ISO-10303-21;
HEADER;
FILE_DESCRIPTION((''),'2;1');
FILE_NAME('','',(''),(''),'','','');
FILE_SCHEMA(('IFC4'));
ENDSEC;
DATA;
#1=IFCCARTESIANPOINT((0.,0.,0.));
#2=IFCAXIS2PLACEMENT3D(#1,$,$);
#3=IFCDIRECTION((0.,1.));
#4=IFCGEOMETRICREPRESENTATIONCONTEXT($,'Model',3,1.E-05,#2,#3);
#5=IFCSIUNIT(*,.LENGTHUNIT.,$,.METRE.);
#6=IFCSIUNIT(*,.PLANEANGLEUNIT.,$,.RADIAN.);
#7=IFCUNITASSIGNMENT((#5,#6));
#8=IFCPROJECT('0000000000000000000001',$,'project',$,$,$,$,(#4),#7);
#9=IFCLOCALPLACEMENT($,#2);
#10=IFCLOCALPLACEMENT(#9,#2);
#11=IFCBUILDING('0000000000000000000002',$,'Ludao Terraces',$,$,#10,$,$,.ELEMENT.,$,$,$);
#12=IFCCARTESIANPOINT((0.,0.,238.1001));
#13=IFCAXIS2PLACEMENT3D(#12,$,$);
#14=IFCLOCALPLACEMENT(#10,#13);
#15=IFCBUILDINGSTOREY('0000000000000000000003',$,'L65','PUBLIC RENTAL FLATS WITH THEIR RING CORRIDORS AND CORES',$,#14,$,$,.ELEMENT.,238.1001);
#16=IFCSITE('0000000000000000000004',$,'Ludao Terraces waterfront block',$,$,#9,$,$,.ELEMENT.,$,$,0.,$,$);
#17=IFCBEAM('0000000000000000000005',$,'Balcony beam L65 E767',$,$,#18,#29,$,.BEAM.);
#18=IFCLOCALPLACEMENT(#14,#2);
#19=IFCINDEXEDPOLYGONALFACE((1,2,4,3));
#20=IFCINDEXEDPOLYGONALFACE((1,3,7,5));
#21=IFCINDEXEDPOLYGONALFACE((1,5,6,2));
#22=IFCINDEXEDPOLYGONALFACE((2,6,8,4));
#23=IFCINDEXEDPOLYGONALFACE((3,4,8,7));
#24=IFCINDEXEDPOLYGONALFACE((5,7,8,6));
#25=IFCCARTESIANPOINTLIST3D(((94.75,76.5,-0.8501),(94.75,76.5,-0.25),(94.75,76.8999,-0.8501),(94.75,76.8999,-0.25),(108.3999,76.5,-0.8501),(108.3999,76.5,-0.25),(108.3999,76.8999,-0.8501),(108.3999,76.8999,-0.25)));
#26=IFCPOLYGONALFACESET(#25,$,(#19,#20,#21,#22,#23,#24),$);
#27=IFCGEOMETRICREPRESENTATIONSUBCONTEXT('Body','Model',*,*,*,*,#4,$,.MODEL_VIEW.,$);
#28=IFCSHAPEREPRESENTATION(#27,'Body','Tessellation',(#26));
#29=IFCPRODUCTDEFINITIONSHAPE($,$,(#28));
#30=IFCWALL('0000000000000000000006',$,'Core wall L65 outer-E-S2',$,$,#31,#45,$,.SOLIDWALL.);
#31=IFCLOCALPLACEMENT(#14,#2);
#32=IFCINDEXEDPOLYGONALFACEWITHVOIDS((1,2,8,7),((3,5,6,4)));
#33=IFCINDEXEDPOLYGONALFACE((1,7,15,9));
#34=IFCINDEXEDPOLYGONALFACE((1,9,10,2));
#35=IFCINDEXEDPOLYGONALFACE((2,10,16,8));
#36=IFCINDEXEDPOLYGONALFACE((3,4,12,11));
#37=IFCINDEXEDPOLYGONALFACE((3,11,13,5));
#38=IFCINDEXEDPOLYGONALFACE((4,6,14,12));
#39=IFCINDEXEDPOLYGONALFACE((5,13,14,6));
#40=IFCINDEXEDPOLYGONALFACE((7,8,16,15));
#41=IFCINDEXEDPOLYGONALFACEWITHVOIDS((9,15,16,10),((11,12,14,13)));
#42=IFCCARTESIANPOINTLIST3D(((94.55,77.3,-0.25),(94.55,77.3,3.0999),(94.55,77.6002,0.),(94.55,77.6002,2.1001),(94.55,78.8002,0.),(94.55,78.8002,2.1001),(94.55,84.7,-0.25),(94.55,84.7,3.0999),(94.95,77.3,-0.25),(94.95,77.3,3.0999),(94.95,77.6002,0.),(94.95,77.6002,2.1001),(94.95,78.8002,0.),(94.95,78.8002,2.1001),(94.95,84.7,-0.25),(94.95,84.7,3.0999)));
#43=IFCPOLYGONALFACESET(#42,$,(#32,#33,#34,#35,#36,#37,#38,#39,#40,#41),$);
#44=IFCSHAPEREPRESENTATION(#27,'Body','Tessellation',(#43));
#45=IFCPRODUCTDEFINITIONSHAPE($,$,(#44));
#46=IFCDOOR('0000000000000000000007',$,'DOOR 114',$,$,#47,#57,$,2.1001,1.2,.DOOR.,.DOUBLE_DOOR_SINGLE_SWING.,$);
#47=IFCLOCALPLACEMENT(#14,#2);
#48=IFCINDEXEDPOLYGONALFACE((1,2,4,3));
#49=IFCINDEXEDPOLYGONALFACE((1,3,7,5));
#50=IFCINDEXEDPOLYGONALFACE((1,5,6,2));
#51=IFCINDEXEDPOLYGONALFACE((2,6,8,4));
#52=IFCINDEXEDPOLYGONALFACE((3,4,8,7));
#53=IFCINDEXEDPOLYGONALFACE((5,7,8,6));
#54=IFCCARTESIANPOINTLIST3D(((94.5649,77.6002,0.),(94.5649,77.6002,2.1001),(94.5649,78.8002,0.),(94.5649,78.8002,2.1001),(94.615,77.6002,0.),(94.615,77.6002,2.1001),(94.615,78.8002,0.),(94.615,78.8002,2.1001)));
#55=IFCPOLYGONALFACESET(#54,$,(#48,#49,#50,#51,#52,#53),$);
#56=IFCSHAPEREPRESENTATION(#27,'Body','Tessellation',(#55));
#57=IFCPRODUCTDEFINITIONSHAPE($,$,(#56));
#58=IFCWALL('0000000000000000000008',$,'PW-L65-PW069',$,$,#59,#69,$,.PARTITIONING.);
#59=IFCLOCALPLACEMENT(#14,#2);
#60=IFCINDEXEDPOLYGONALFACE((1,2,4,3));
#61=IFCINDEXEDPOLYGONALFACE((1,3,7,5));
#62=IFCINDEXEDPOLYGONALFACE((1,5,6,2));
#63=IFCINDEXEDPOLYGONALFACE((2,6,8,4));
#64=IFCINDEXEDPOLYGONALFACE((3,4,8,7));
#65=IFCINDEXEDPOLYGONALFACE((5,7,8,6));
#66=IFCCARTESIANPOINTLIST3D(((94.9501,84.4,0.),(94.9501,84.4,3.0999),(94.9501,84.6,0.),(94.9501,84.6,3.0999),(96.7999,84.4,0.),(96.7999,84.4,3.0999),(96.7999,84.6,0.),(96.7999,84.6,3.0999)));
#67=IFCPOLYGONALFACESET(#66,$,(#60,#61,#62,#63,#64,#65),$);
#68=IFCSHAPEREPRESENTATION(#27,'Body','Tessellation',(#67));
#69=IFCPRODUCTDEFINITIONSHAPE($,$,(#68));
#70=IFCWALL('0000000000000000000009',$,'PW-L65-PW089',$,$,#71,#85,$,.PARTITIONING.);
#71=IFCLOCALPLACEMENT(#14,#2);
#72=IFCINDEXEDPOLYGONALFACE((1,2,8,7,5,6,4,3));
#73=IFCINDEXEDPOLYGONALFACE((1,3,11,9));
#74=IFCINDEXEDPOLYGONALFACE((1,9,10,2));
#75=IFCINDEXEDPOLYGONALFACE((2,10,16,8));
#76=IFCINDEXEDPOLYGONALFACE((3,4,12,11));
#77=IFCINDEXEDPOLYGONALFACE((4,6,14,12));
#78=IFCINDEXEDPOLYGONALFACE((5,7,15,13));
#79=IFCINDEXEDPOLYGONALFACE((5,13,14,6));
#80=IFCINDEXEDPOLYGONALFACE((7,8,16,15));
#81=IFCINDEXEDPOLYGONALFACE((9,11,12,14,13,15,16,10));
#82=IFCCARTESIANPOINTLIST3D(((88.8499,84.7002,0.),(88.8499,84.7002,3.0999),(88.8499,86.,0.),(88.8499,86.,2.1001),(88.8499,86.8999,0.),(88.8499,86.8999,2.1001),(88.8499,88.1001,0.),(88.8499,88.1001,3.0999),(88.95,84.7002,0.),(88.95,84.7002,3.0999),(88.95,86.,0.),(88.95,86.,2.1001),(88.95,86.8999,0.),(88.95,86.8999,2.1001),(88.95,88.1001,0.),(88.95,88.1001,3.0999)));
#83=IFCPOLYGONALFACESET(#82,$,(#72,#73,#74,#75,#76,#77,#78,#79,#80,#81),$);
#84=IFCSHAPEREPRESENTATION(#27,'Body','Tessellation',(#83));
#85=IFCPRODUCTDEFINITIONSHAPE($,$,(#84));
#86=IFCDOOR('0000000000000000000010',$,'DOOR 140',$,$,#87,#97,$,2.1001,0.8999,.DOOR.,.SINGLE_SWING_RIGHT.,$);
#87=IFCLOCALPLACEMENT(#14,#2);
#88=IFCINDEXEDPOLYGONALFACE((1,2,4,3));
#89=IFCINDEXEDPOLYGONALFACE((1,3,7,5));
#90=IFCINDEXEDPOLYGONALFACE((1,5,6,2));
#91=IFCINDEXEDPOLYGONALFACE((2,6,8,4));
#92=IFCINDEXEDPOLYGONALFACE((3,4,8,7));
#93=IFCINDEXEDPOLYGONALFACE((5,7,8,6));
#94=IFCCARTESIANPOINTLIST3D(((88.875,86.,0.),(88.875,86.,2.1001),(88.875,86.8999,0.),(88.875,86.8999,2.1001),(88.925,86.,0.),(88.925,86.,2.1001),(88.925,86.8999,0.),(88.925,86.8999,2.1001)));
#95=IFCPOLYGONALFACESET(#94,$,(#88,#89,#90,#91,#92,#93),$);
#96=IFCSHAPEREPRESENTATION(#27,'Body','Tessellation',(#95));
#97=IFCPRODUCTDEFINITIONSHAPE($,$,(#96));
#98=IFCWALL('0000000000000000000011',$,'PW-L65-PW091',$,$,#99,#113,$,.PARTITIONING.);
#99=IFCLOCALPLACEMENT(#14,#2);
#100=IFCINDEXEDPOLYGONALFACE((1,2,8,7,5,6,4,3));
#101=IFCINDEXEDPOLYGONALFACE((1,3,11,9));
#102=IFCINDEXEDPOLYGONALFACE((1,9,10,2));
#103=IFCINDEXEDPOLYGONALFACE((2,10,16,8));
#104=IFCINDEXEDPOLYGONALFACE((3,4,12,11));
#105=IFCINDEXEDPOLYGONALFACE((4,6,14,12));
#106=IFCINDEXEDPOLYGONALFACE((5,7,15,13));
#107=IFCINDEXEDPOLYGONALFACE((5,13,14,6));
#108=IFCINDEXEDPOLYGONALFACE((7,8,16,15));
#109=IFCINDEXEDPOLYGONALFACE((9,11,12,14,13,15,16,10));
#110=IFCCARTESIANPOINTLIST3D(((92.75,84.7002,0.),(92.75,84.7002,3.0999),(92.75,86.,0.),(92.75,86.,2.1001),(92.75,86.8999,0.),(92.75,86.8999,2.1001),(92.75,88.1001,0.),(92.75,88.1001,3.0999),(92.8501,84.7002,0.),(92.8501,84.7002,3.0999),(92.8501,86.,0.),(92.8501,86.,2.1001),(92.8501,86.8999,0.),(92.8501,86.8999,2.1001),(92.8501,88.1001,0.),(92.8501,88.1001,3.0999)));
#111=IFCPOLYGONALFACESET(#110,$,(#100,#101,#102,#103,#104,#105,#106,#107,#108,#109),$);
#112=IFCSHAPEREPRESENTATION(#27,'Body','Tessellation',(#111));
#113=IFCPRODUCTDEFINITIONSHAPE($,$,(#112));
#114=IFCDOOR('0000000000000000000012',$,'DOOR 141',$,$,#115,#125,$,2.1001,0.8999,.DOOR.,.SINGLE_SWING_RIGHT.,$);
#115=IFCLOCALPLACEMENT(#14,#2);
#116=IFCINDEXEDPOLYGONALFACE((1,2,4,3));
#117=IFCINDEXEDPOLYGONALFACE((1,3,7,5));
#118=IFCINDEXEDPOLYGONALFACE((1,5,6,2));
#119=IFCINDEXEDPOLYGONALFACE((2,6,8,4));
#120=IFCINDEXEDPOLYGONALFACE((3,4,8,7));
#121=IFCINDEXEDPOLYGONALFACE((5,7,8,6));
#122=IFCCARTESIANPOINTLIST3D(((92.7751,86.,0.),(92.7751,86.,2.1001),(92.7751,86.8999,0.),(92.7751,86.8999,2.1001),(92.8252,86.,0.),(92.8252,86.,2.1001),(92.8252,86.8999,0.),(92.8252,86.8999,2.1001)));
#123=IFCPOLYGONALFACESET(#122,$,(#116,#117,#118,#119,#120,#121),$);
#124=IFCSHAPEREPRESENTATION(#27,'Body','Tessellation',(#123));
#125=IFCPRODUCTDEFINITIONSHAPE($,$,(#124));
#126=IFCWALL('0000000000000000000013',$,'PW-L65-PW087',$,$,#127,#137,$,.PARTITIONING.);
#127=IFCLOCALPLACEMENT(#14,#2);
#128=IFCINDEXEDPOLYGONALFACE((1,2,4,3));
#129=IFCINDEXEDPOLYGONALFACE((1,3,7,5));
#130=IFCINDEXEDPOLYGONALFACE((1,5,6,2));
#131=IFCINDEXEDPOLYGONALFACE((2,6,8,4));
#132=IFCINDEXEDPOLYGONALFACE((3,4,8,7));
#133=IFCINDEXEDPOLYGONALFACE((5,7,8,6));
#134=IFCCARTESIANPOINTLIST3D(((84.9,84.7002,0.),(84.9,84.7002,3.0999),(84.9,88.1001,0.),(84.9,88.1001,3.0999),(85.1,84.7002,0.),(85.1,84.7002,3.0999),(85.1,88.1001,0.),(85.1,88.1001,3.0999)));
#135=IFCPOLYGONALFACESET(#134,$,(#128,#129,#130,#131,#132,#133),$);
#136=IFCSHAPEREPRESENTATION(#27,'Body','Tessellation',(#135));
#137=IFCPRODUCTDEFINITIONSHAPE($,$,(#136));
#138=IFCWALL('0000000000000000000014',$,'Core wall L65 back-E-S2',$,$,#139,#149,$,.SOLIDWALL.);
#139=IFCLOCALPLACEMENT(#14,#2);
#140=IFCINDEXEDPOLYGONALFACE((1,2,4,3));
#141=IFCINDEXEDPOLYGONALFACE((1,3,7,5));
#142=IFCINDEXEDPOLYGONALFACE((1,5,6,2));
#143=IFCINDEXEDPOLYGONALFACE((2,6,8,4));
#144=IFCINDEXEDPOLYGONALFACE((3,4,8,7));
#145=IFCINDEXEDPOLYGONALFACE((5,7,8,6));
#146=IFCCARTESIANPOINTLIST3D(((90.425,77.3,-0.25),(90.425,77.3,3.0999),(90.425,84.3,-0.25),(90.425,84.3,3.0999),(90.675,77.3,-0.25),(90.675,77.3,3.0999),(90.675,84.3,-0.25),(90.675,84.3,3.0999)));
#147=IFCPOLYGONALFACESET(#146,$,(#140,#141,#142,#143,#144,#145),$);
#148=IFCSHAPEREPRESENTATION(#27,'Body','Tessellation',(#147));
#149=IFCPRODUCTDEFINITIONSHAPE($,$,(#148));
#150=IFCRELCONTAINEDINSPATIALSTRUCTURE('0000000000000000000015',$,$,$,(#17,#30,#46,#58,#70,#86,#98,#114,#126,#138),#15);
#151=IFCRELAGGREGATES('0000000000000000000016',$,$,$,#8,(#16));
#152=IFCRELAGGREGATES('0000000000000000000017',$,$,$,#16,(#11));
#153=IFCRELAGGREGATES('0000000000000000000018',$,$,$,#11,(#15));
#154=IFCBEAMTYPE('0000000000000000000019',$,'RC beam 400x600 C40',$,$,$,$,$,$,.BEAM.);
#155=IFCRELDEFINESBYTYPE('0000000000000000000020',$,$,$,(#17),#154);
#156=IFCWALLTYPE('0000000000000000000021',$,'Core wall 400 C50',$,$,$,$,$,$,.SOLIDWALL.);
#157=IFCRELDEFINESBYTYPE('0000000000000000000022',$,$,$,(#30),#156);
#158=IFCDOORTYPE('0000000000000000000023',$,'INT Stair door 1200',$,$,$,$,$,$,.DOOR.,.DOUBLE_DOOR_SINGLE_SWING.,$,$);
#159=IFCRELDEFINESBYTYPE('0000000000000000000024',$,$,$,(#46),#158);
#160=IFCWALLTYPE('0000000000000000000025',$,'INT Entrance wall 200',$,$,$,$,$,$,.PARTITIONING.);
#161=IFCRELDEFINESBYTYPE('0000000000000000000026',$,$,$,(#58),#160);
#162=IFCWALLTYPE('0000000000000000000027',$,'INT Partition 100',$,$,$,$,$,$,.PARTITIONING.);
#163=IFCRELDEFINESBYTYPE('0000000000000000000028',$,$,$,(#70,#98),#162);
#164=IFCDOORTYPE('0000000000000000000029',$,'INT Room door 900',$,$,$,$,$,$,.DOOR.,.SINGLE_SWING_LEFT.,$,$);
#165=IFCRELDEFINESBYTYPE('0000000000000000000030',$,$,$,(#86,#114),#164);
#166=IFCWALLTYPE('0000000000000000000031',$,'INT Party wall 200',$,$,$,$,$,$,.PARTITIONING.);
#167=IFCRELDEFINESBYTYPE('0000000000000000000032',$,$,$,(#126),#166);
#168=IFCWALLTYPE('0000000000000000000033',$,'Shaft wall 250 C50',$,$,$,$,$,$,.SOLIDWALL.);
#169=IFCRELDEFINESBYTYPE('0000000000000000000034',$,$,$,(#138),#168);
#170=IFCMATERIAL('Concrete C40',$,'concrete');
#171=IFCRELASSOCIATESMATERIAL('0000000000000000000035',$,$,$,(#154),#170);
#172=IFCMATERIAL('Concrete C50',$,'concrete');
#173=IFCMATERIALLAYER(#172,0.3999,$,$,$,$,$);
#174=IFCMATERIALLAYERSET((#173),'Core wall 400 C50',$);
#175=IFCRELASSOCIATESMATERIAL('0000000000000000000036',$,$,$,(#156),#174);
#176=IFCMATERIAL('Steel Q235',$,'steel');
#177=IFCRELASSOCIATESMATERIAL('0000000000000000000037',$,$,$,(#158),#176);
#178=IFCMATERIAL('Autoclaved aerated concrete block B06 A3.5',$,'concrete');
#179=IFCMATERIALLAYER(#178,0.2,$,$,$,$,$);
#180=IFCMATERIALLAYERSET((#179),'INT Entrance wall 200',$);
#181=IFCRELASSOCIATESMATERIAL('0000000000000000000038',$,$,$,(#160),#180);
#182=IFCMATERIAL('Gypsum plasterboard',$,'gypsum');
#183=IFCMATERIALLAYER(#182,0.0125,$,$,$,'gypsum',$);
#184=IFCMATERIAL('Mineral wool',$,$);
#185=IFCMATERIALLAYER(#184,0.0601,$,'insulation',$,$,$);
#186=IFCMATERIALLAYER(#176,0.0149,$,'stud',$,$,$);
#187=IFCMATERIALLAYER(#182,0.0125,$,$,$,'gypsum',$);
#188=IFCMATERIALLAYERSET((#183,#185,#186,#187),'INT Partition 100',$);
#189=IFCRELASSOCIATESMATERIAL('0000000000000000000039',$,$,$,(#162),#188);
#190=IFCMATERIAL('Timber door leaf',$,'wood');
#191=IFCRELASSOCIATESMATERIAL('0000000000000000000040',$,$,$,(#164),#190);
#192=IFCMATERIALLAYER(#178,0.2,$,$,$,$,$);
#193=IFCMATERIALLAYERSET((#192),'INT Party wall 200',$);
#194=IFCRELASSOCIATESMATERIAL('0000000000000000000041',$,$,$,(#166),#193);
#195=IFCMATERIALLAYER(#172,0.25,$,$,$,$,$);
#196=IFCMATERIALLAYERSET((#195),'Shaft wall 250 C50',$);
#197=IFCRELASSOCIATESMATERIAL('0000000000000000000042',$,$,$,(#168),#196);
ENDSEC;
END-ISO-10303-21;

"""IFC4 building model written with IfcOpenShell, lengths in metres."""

from ifc_helpers import new_model, si_unit, direction, frame, frame_2d, origin, origin_2d, place, context, subcontext, project, spatial, rectangle, extrude, material, layer, layer_set, material_profile, profile_set, type_object, element, fill, save


model = new_model("IFC4")

# Units and contexts
model_context = context("Model", 3, precision=1e-05, world=origin(), true_north=direction((0.0, 1.0)))
body_context = subcontext(model_context, "Body", "Model", "MODEL_VIEW")
ifc_project = project(units=[si_unit("LENGTHUNIT", "METRE"), si_unit("PLANEANGLEUNIT", "RADIAN")], contexts=[model_context])

# Site, building, storey
site_placement = place(None, origin())
site = spatial("IfcSite", under=ifc_project, at=site_placement, Name="Ludao Terraces waterfront block", CompositionType="ELEMENT", RefElevation=0.0)
building_placement = place(site_placement, origin())
building = spatial("IfcBuilding", under=site, at=building_placement, Name="Ludao Terraces", CompositionType="ELEMENT")
storey_placement = place(building_placement, frame((0.0, 0.0, 238.1001)))
storey = spatial("IfcBuildingStorey", under=building, at=storey_placement, Name="L65", Description="PUBLIC RENTAL FLATS WITH THEIR RING CORRIDORS AND CORES", CompositionType="ELEMENT", Elevation=238.1001)

# Beam
ifc_material_1 = material(Name="Concrete C40", Category="concrete")
ifc_material_profile = material_profile(ifc_material_1, rectangle(XDim=0.3999, YDim=0.6001, at=origin_2d()), Name="400 X 600")
ifc_profile_set = profile_set([ifc_material_profile], Name="Concrete C40")
beam_type = type_object("IfcBeamType", Name="RC beam 400x600 C40", PredefinedType="BEAM", material=ifc_profile_set)
beam_placement = place(storey_placement, frame((94.75, 76.7, -0.55), z_axis=(1.0, 0.0, 0.0), x_axis=(0.0, 1.0, 0.0)))
element("IfcBeam", 1, at=beam_placement, inside=storey, type_object=beam_type, Name="Balcony beam L65 E767", PredefinedType="BEAM", context=body_context, shape_type="SweptSolid", body=[
    extrude(rectangle(XDim=0.3999, YDim=0.6001, at=origin_2d()), origin(), (0.0, 0.0, 1.0), 13.6499),
])

# Wall, opening, door
ifc_material_2 = material(Name="Concrete C50", Category="concrete")
ifc_layer_1 = layer(ifc_material_2, 0.3999)
ifc_layer_set_1 = layer_set([ifc_layer_1], Name="Core wall 400 C50")
wall_type_1 = type_object("IfcWallType", Name="Core wall 400 C50", PredefinedType="SOLIDWALL", material=ifc_layer_set_1)
wall_1_placement = place(storey_placement, frame((94.75, 77.3, -0.25), z_axis=(0.0, 0.0, 1.0), x_axis=(0.0, 1.0, 0.0)))
wall_1 = element("IfcWall", 2, at=wall_1_placement, inside=storey, type_object=wall_type_1, Name="Core wall L65 outer-E-S2", PredefinedType="SOLIDWALL", context=body_context, shape_type="SweptSolid", body=[
    extrude(rectangle(XDim=7.3999, YDim=0.3999, at=frame_2d((3.7, 0.0))), origin(), (0.0, 0.0, 1.0), 3.3499),
])
opening_1_placement = place(wall_1_placement, frame((0.3, 0.0, 0.25)))
opening_1 = element("IfcOpeningElement", 3, at=opening_1_placement, cuts=wall_1, PredefinedType="OPENING", context=body_context, shape_type="SweptSolid", body=[
    extrude(rectangle(XDim=1.2, YDim=2.1001, at=frame_2d((0.6001, 1.05))), frame((0.0, 0.21, 0.0), z_axis=(0.0, -1.0, 0.0), x_axis=(1.0, 0.0, 0.0)), (0.0, 0.0, 1.0), 0.4199),
])
ifc_material_3 = material(Name="Steel Q235", Category="steel")
door_type_1 = type_object("IfcDoorType", Name="INT Stair door 1200", OperationType="DOUBLE_DOOR_SINGLE_SWING", PredefinedType="DOOR", material=ifc_material_3)
door_1_placement = place(opening_1_placement, origin())
door_1 = element("IfcDoor", 4, at=door_1_placement, inside=storey, type_object=door_type_1, Name="DOOR 114", OperationType="DOUBLE_DOOR_SINGLE_SWING", OverallHeight=2.1001, OverallWidth=1.2, PredefinedType="DOOR", context=body_context, shape_type="SweptSolid", body=[
    extrude(rectangle(XDim=1.2, YDim=2.1001, at=frame_2d((0.6001, 1.05))), frame((0.0, 0.1851, 0.0), z_axis=(0.0, -1.0, 0.0), x_axis=(1.0, 0.0, 0.0)), (0.0, 0.0, 1.0), 0.05),
])
fill(opening_1, door_1)

# Wall
ifc_material_4 = material(Name="Autoclaved aerated concrete block B06 A3.5", Category="concrete")
ifc_layer_2 = layer(ifc_material_4, 0.2)
ifc_layer_set_2 = layer_set([ifc_layer_2], Name="INT Entrance wall 200")
wall_type_2 = type_object("IfcWallType", Name="INT Entrance wall 200", PredefinedType="PARTITIONING", material=ifc_layer_set_2)
wall_2_placement = place(storey_placement, frame((94.9502, 84.5, 0.0), z_axis=(0.0, 0.0, 1.0), x_axis=(1.0, 0.0, 0.0)))
element("IfcWall", 5, at=wall_2_placement, inside=storey, type_object=wall_type_2, Name="PW-L65-PW069", PredefinedType="PARTITIONING", context=body_context, shape_type="SweptSolid", body=[
    extrude(rectangle(XDim=1.8499, YDim=0.2, at=frame_2d((0.9248, 0.0))), origin(), (0.0, 0.0, 1.0), 3.0999),
])

# Walls, openings, doors
ifc_material_5 = material(Name="Gypsum plasterboard", Category="gypsum")
ifc_layer_3 = layer(ifc_material_5, 0.0125, Category="gypsum")
ifc_material_6 = material(Name="Mineral wool")
ifc_layer_4 = layer(ifc_material_6, 0.0601, Name="insulation")
ifc_layer_5 = layer(ifc_material_3, 0.0149, Name="stud")
ifc_layer_6 = layer(ifc_material_5, 0.0125, Category="gypsum")
ifc_layer_set_3 = layer_set([ifc_layer_3, ifc_layer_4, ifc_layer_5, ifc_layer_6], Name="INT Partition 100")
wall_type_3 = type_object("IfcWallType", Name="INT Partition 100", PredefinedType="PARTITIONING", material=ifc_layer_set_3)
wall_3_placement = place(storey_placement, frame((88.8999, 84.7002, 0.0), z_axis=(0.0, 0.0, 1.0), x_axis=(0.0, 1.0, 0.0)))
wall_3 = element("IfcWall", 6, at=wall_3_placement, inside=storey, type_object=wall_type_3, Name="PW-L65-PW089", PredefinedType="PARTITIONING", context=body_context, shape_type="SweptSolid", body=[
    extrude(rectangle(XDim=3.3999, YDim=0.1001, at=frame_2d((1.7, 0.0))), origin(), (0.0, 0.0, 1.0), 3.0999),
])
opening_2_placement = place(wall_3_placement, frame((1.2998, 0.0, 0.0)))
opening_2 = element("IfcOpeningElement", 7, at=opening_2_placement, cuts=wall_3, PredefinedType="OPENING", context=body_context, shape_type="SweptSolid", body=[
    extrude(rectangle(XDim=0.8999, YDim=2.1001, at=frame_2d((0.45, 1.05))), frame((0.0, 0.0601, 0.0), z_axis=(0.0, -1.0, 0.0), x_axis=(1.0, 0.0, 0.0)), (0.0, 0.0, 1.0), 0.1201),
])
ifc_material_7 = material(Name="Timber door leaf", Category="wood")
door_type_2 = type_object("IfcDoorType", Name="INT Room door 900", OperationType="SINGLE_SWING_LEFT", PredefinedType="DOOR", material=ifc_material_7)
door_2_placement = place(opening_2_placement, origin())
door_2 = element("IfcDoor", 8, at=door_2_placement, inside=storey, type_object=door_type_2, Name="DOOR 140", OperationType="SINGLE_SWING_RIGHT", OverallHeight=2.1001, OverallWidth=0.8999, PredefinedType="DOOR", context=body_context, shape_type="SweptSolid", body=[
    extrude(rectangle(XDim=0.8999, YDim=2.1001, at=frame_2d((0.45, 1.05))), frame((0.0, 0.0249, 0.0), z_axis=(0.0, -1.0, 0.0), x_axis=(1.0, 0.0, 0.0)), (0.0, 0.0, 1.0), 0.05),
])
fill(opening_2, door_2)
wall_4_placement = place(storey_placement, frame((92.8, 84.7002, 0.0), z_axis=(0.0, 0.0, 1.0), x_axis=(0.0, 1.0, 0.0)))
wall_4 = element("IfcWall", 9, at=wall_4_placement, inside=storey, type_object=wall_type_3, Name="PW-L65-PW091", PredefinedType="PARTITIONING", context=body_context, shape_type="SweptSolid", body=[
    extrude(rectangle(XDim=3.3999, YDim=0.1001, at=frame_2d((1.7, 0.0))), origin(), (0.0, 0.0, 1.0), 3.0999),
])
opening_3_placement = place(wall_4_placement, frame((1.2998, 0.0, 0.0)))
opening_3 = element("IfcOpeningElement", 10, at=opening_3_placement, cuts=wall_4, PredefinedType="OPENING", context=body_context, shape_type="SweptSolid", body=[
    extrude(rectangle(XDim=0.8999, YDim=2.1001, at=frame_2d((0.45, 1.05))), frame((0.0, 0.0601, 0.0), z_axis=(0.0, -1.0, 0.0), x_axis=(1.0, 0.0, 0.0)), (0.0, 0.0, 1.0), 0.1201),
])
door_3_placement = place(opening_3_placement, origin())
door_3 = element("IfcDoor", 11, at=door_3_placement, inside=storey, type_object=door_type_2, Name="DOOR 141", OperationType="SINGLE_SWING_RIGHT", OverallHeight=2.1001, OverallWidth=0.8999, PredefinedType="DOOR", context=body_context, shape_type="SweptSolid", body=[
    extrude(rectangle(XDim=0.8999, YDim=2.1001, at=frame_2d((0.45, 1.05))), frame((0.0, 0.0249, 0.0), z_axis=(0.0, -1.0, 0.0), x_axis=(1.0, 0.0, 0.0)), (0.0, 0.0, 1.0), 0.05),
])
fill(opening_3, door_3)

# Walls
ifc_layer_7 = layer(ifc_material_4, 0.2)
ifc_layer_set_4 = layer_set([ifc_layer_7], Name="INT Party wall 200")
wall_type_4 = type_object("IfcWallType", Name="INT Party wall 200", PredefinedType="PARTITIONING", material=ifc_layer_set_4)
wall_5_placement = place(storey_placement, frame((85.0, 84.7002, 0.0), z_axis=(0.0, 0.0, 1.0), x_axis=(0.0, 1.0, 0.0)))
element("IfcWall", 12, at=wall_5_placement, inside=storey, type_object=wall_type_4, Name="PW-L65-PW087", PredefinedType="PARTITIONING", context=body_context, shape_type="SweptSolid", body=[
    extrude(rectangle(XDim=3.3999, YDim=0.2, at=frame_2d((1.7, 0.0))), origin(), (0.0, 0.0, 1.0), 3.0999),
])
ifc_layer_8 = layer(ifc_material_2, 0.25)
ifc_layer_set_5 = layer_set([ifc_layer_8], Name="Shaft wall 250 C50")
wall_type_5 = type_object("IfcWallType", Name="Shaft wall 250 C50", PredefinedType="SOLIDWALL", material=ifc_layer_set_5)
wall_6_placement = place(storey_placement, frame((90.55, 77.3, -0.25), z_axis=(0.0, 0.0, 1.0), x_axis=(0.0, 1.0, 0.0)))
element("IfcWall", 13, at=wall_6_placement, inside=storey, type_object=wall_type_5, Name="Core wall L65 back-E-S2", PredefinedType="SOLIDWALL", context=body_context, shape_type="SweptSolid", body=[
    extrude(rectangle(XDim=7.0, YDim=0.25, at=frame_2d((3.5, 0.0))), origin(), (0.0, 0.0, 1.0), 3.3499),
])

save(model, "model.ifc")
